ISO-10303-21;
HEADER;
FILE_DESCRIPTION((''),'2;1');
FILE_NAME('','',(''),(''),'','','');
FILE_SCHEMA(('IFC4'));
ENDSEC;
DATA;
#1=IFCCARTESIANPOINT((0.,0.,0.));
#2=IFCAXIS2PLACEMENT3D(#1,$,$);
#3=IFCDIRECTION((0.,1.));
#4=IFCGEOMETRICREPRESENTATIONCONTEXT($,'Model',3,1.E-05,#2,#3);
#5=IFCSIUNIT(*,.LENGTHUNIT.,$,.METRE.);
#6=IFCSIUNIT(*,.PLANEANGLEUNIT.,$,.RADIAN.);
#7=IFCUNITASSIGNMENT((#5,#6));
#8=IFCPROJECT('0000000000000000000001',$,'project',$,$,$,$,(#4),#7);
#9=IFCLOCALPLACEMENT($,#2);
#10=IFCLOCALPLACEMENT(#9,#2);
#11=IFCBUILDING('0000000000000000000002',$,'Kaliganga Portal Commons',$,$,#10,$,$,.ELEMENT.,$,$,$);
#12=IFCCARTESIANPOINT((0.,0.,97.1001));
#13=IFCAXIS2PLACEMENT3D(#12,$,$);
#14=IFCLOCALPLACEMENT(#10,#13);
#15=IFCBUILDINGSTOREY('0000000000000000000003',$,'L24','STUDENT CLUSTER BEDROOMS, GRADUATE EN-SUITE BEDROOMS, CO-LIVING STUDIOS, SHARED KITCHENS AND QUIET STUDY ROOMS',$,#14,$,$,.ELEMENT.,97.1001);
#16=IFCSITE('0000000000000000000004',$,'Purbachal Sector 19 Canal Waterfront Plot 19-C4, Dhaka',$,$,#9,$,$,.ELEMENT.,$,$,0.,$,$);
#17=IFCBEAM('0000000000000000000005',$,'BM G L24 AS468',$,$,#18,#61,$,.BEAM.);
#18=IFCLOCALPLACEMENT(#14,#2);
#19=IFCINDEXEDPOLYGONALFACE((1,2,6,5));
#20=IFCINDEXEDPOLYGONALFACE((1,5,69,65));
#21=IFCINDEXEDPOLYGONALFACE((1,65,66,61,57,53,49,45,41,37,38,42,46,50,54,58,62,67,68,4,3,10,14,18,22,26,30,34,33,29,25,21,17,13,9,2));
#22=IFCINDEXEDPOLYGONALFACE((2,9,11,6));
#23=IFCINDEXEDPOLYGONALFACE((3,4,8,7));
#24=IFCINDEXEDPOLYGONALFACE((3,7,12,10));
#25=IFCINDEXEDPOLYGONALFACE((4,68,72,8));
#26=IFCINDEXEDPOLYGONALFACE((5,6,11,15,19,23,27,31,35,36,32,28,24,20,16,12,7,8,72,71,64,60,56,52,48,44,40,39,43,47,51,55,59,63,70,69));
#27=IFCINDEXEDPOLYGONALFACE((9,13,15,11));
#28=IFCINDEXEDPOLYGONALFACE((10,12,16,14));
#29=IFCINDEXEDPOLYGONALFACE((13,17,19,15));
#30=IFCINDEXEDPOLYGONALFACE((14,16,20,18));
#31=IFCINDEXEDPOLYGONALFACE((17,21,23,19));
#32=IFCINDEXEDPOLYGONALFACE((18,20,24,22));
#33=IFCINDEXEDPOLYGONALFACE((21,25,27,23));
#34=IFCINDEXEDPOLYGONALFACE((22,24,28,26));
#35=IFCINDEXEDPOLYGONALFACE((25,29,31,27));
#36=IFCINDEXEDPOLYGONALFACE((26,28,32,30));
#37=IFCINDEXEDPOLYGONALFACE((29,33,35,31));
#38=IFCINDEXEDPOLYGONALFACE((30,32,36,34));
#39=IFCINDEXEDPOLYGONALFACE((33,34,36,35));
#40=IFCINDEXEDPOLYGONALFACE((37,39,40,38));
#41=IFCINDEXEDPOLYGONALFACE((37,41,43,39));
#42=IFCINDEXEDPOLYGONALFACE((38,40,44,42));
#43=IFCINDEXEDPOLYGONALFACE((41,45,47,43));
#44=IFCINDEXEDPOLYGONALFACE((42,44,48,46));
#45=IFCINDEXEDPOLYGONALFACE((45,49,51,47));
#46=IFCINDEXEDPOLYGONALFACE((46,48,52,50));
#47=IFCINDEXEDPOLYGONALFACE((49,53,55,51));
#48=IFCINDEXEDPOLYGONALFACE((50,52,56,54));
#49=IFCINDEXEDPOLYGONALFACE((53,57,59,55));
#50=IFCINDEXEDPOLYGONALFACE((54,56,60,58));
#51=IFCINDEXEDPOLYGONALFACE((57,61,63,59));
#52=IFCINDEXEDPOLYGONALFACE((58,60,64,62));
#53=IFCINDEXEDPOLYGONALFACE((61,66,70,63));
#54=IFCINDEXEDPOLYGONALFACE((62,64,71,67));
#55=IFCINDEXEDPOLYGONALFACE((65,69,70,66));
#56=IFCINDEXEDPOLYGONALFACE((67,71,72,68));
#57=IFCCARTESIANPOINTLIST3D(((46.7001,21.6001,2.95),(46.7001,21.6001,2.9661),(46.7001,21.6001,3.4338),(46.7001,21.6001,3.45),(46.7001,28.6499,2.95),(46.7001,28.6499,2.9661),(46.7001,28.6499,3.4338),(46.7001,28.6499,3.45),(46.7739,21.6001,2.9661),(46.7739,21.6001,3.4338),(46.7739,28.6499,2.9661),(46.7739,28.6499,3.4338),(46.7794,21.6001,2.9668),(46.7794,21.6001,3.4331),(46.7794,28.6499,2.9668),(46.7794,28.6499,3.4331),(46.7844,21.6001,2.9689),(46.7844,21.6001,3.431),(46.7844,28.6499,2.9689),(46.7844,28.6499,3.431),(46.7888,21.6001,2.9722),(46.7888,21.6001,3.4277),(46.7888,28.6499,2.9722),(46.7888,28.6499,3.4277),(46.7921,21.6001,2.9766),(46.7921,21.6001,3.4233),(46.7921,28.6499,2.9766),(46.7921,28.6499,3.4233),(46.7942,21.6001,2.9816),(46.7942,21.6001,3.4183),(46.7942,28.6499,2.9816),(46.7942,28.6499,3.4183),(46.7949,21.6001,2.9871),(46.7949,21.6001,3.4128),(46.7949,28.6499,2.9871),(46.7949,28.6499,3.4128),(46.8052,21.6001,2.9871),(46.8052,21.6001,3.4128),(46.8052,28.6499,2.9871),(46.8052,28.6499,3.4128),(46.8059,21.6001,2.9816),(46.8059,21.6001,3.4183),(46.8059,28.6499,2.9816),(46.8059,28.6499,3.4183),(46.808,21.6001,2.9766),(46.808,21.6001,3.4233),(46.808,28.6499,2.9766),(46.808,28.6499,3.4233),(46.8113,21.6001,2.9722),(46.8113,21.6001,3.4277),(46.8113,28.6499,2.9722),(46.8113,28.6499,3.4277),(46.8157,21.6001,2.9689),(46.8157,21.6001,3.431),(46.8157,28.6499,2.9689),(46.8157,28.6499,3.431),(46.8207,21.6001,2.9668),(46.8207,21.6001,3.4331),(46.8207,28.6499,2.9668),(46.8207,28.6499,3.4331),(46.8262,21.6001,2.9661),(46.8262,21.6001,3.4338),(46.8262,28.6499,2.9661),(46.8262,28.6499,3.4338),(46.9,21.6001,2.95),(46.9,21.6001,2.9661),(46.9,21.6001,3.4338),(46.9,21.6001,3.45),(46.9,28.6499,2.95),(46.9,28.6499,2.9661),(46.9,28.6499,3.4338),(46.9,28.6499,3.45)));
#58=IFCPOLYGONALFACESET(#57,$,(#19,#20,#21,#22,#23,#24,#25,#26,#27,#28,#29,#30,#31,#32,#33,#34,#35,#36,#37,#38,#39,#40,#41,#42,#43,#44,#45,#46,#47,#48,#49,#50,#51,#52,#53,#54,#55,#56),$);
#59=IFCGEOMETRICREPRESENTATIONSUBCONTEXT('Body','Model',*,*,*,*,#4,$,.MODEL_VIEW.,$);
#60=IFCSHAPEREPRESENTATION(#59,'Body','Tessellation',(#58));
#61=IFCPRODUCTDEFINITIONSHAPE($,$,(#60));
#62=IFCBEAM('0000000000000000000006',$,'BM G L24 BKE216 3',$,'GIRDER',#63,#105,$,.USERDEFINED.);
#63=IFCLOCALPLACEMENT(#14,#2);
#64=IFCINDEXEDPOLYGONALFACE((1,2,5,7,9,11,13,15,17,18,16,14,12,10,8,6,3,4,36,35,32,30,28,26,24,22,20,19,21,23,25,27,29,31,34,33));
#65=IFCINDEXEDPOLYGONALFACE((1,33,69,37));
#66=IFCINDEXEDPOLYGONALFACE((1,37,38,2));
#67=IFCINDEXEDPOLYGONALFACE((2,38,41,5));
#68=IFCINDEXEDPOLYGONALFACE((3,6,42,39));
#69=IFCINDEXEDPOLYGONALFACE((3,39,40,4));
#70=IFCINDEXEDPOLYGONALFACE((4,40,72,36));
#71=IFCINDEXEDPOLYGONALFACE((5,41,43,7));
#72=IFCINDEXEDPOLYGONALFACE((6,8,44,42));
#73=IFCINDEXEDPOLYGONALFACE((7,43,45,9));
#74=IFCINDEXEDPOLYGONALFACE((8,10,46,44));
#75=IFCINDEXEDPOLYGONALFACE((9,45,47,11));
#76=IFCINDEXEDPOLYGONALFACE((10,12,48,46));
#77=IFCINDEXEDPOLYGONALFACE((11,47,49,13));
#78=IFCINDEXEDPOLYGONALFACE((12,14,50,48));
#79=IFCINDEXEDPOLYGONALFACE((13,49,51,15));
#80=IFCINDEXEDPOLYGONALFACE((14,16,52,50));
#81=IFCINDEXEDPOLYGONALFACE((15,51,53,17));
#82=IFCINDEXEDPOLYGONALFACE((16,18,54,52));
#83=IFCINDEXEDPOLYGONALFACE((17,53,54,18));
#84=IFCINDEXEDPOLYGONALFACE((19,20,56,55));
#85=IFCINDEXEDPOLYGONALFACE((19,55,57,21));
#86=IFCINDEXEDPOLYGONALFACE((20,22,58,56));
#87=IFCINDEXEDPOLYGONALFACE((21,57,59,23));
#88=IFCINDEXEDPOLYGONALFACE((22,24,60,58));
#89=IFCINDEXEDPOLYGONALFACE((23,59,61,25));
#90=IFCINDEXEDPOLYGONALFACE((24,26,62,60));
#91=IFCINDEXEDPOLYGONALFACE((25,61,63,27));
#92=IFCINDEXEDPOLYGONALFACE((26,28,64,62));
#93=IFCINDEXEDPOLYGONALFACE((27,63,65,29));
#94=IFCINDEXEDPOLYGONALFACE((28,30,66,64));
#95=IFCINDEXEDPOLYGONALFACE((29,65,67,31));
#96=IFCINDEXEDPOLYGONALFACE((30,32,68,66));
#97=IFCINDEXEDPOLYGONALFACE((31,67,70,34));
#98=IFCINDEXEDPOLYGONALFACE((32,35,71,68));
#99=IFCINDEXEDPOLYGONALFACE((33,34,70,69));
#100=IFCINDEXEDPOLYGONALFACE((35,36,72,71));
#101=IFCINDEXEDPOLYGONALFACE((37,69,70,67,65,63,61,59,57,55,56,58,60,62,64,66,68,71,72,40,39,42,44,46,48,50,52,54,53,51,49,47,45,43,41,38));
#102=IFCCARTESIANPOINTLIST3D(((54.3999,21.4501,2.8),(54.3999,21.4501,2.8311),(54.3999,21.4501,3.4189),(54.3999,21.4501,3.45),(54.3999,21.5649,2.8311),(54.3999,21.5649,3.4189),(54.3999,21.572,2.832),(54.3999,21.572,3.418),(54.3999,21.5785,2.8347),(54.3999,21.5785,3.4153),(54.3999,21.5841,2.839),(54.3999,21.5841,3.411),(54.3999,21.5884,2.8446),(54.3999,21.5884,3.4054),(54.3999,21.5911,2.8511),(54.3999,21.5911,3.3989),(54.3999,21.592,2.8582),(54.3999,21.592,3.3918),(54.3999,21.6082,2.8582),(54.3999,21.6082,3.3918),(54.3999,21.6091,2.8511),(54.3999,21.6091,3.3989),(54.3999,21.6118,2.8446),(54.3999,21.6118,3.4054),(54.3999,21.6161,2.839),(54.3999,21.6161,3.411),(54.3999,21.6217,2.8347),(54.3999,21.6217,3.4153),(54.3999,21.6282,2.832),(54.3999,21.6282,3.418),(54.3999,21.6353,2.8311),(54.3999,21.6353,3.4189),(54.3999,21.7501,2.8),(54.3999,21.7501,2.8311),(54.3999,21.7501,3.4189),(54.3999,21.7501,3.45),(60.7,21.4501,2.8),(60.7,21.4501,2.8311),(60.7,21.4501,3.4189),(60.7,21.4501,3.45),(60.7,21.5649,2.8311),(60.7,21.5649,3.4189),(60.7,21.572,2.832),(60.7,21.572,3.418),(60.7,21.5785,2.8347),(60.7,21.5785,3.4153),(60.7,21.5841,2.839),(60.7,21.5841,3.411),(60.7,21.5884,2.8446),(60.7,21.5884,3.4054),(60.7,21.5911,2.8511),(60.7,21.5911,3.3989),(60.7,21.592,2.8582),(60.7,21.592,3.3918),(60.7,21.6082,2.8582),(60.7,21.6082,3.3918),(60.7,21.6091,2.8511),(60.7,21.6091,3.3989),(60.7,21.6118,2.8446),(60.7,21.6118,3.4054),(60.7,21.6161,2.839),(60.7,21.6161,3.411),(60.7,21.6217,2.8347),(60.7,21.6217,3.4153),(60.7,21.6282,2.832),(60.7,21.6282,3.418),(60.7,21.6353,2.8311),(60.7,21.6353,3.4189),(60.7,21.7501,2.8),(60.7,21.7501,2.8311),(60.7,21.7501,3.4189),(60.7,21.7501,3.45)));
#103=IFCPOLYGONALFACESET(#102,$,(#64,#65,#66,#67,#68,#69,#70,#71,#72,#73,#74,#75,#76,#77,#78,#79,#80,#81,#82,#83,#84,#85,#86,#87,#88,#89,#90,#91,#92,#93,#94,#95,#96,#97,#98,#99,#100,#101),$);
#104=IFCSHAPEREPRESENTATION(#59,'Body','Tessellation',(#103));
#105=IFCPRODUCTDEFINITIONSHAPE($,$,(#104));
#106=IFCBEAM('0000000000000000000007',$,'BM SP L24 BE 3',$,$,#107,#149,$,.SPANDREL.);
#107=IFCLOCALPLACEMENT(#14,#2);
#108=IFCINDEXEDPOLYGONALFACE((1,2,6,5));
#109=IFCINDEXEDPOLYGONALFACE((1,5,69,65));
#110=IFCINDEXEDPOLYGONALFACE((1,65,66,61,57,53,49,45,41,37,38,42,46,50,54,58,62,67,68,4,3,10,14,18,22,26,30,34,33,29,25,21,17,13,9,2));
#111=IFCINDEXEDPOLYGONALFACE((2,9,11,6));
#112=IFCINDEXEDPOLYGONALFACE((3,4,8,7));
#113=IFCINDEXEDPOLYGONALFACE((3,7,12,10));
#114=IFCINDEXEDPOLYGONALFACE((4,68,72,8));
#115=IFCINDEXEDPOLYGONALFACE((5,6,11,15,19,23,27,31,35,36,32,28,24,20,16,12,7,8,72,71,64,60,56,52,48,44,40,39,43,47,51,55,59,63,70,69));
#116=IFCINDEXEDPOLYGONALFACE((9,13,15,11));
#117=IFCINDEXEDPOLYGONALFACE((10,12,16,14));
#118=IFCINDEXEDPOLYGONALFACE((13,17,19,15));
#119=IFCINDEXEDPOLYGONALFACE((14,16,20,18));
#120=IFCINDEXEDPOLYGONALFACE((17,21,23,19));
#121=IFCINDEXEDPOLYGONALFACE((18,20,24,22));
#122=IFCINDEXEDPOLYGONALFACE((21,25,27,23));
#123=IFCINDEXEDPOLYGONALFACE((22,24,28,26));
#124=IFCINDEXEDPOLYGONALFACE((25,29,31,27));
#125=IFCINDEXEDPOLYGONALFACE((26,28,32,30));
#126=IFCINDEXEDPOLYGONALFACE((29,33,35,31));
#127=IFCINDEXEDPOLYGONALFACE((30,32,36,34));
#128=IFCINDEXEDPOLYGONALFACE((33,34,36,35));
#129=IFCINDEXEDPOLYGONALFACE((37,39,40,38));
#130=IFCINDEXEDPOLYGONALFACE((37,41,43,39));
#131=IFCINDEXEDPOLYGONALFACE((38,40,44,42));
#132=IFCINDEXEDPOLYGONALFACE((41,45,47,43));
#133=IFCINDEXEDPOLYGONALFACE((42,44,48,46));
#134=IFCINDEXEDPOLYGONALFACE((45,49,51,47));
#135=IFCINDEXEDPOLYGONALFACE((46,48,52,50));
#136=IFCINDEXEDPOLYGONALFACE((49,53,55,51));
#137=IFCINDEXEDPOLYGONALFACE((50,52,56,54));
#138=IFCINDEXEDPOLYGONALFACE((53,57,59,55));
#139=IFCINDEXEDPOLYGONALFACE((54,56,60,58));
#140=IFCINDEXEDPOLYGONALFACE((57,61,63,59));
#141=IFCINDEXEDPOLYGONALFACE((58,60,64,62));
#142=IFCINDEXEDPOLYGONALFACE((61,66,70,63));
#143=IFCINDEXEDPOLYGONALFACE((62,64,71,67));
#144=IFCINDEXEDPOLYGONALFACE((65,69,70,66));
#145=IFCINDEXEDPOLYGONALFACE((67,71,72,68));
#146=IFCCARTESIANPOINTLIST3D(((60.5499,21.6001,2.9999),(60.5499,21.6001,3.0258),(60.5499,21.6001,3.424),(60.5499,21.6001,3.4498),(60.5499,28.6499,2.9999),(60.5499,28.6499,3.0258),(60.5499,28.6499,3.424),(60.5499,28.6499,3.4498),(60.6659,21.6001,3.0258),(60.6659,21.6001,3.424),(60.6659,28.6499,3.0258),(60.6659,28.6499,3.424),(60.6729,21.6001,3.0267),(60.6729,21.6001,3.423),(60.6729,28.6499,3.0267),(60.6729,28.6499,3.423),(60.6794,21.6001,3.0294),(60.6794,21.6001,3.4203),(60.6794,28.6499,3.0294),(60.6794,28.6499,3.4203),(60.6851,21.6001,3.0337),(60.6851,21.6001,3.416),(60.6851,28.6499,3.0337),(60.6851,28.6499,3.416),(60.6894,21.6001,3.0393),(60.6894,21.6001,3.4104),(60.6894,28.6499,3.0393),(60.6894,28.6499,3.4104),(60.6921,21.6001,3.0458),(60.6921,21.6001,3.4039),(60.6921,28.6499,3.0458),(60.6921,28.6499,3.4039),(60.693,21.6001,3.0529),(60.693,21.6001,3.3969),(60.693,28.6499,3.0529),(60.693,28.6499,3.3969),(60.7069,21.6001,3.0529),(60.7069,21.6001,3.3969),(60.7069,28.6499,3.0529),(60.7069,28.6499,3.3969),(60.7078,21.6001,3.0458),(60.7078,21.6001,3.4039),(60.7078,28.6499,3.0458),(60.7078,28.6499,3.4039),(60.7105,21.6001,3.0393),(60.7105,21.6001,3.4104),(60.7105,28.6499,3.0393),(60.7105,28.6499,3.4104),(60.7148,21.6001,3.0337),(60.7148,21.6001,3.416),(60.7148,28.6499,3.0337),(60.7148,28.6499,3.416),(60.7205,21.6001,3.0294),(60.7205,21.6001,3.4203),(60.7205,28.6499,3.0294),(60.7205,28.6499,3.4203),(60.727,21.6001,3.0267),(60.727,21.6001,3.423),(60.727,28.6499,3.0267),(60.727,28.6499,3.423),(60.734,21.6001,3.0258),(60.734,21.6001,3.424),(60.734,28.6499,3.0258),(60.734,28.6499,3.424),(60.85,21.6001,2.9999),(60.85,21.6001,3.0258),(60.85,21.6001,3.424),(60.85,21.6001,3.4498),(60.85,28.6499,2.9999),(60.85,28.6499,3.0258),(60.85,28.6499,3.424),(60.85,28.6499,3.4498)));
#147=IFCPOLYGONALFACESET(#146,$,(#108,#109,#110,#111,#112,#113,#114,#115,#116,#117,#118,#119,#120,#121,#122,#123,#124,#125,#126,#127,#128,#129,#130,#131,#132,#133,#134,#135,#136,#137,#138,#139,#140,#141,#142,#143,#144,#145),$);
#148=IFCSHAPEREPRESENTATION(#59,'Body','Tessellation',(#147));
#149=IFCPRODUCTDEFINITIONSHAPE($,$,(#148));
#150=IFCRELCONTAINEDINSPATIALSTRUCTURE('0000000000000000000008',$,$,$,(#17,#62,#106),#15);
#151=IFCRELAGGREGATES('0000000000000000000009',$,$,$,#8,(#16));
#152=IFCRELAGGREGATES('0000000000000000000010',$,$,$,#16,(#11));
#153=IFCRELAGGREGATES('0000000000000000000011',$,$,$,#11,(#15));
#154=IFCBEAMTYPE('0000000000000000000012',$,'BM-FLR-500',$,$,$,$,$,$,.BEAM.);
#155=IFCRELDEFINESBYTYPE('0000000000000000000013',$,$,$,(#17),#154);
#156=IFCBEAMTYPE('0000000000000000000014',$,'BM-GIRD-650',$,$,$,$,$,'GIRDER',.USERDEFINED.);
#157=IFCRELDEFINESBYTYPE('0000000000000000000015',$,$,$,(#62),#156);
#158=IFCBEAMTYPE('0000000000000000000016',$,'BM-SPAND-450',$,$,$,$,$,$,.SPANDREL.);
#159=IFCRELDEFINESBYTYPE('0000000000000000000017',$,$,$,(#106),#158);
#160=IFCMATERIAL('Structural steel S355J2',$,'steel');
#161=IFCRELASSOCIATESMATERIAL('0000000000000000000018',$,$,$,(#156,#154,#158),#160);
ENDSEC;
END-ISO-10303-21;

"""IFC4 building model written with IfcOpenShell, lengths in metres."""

from ifc_helpers import new_model, si_unit, direction, frame, origin, origin_2d, place, context, subcontext, project, spatial, i_section, extrude, source, transform, mapped, material, material_profile, profile_set, type_object, element, save


model = new_model("IFC4")

# Units and contexts
model_context = context("Model", 3, precision=1e-05, world=origin(), true_north=direction((0.0, 1.0)))
body_context = subcontext(model_context, "Body", "Model", "MODEL_VIEW")
ifc_project = project(units=[si_unit("LENGTHUNIT", "METRE"), si_unit("PLANEANGLEUNIT", "RADIAN")], contexts=[model_context])

# Site, building, storey
site_placement = place(None, origin())
site = spatial("IfcSite", under=ifc_project, at=site_placement, Name="Purbachal Sector 19 Canal Waterfront Plot 19-C4, Dhaka", CompositionType="ELEMENT", RefElevation=0.0)
building_placement = place(site_placement, origin())
building = spatial("IfcBuilding", under=site, at=building_placement, Name="Kaliganga Portal Commons", CompositionType="ELEMENT")
storey_placement = place(building_placement, frame((0.0, 0.0, 97.1001)))
storey = spatial("IfcBuildingStorey", under=building, at=storey_placement, Name="L24", Description="STUDENT CLUSTER BEDROOMS, GRADUATE EN-SUITE BEDROOMS, CO-LIVING STUDIOS, SHARED KITCHENS AND QUIET STUDY ROOMS", CompositionType="ELEMENT", Elevation=97.1001)

# Beams
ifc_material_1 = material(Name="Structural steel S355J2", Category="steel")
ifc_material_profile_1 = material_profile(ifc_material_1, i_section(OverallWidth=0.3, OverallDepth=0.6499, WebThickness=0.0161, FlangeThickness=0.031, FilletRadius=0.0271, at=origin_2d()), Name="HE 650 B")
ifc_profile_set_1 = profile_set([ifc_material_profile_1], Name="Structural steel S355J2 wide-flange")
beam_type_1 = type_object("IfcBeamType", Name="BM-GIRD-650", ElementType="GIRDER", PredefinedType="USERDEFINED", material=ifc_profile_set_1)
ifc_material_profile_2 = material_profile(ifc_material_1, i_section(OverallWidth=0.2, OverallDepth=0.5, WebThickness=0.0103, FlangeThickness=0.0161, FilletRadius=0.021, at=origin_2d()), Name="IPE 500")
ifc_profile_set_2 = profile_set([ifc_material_profile_2], Name="Structural steel S355J2 wide-flange")
beam_type_2 = type_object("IfcBeamType", Name="BM-FLR-500", PredefinedType="BEAM", material=ifc_profile_set_2)
shared_shape_1 = source(origin(), body_context, "Body", "SweptSolid", [
    extrude(i_section(OverallWidth=0.2, OverallDepth=0.5, WebThickness=0.0103, FlangeThickness=0.0161, FilletRadius=0.021, at=origin_2d()), origin(), (0.0, 0.0, 1.0), 7.0498),
])
beam_1_placement = place(storey_placement, frame((46.8, 21.6001, 3.2), z_axis=(0.0, 1.0, 0.0), x_axis=(-1.0, 0.0, 0.0)))
element("IfcBeam", 1, at=beam_1_placement, inside=storey, type_object=beam_type_2, Name="BM G L24 AS468", PredefinedType="BEAM", context=body_context, shape_type="MappedRepresentation", body=[
    mapped(shared_shape_1, transform((0.0, 0.0, 0.0), x_axis=(1.0, 0.0, 0.0), y_axis=(0.0, 1.0, 0.0), z_axis=(0.0, 0.0, 1.0), scale=1.0)),
])
shared_shape_2 = source(origin(), body_context, "Body", "SweptSolid", [
    extrude(i_section(OverallWidth=0.3, OverallDepth=0.6499, WebThickness=0.0161, FlangeThickness=0.031, FilletRadius=0.0271, at=origin_2d()), origin(), (0.0, 0.0, 1.0), 6.3),
])
beam_2_placement = place(storey_placement, frame((54.3999, 21.6001, 3.125), z_axis=(1.0, 0.0, 0.0), x_axis=(0.0, 1.0, 0.0)))
element("IfcBeam", 2, at=beam_2_placement, inside=storey, type_object=beam_type_1, Name="BM G L24 BKE216 3", ObjectType="GIRDER", PredefinedType="USERDEFINED", context=body_context, shape_type="MappedRepresentation", body=[
    mapped(shared_shape_2, transform((0.0, 0.0, 0.0), x_axis=(1.0, 0.0, 0.0), y_axis=(0.0, 1.0, 0.0), z_axis=(0.0, 0.0, 1.0), scale=1.0)),
])
ifc_material_profile_3 = material_profile(ifc_material_1, i_section(OverallWidth=0.3, OverallDepth=0.45, WebThickness=0.0139, FlangeThickness=0.0259, FilletRadius=0.0271, at=origin_2d()), Name="HE 450 B")
ifc_profile_set_3 = profile_set([ifc_material_profile_3], Name="Structural steel S355J2 wide-flange")
beam_type_3 = type_object("IfcBeamType", Name="BM-SPAND-450", PredefinedType="SPANDREL", material=ifc_profile_set_3)
shared_shape_3 = source(origin(), body_context, "Body", "SweptSolid", [
    extrude(i_section(OverallWidth=0.3, OverallDepth=0.45, WebThickness=0.0139, FlangeThickness=0.0259, FilletRadius=0.0271, at=origin_2d()), origin(), (0.0, 0.0, 1.0), 7.0498),
])
beam_3_placement = place(storey_placement, frame((60.7, 21.6001, 3.2249), z_axis=(0.0, 1.0, 0.0), x_axis=(-1.0, 0.0, 0.0)))
element("IfcBeam", 3, at=beam_3_placement, inside=storey, type_object=beam_type_3, Name="BM SP L24 BE 3", PredefinedType="SPANDREL", context=body_context, shape_type="MappedRepresentation", body=[
    mapped(shared_shape_3, transform((0.0, 0.0, 0.0), x_axis=(1.0, 0.0, 0.0), y_axis=(0.0, 1.0, 0.0), z_axis=(0.0, 0.0, 1.0), scale=1.0)),
])

save(model, "model.ifc")
